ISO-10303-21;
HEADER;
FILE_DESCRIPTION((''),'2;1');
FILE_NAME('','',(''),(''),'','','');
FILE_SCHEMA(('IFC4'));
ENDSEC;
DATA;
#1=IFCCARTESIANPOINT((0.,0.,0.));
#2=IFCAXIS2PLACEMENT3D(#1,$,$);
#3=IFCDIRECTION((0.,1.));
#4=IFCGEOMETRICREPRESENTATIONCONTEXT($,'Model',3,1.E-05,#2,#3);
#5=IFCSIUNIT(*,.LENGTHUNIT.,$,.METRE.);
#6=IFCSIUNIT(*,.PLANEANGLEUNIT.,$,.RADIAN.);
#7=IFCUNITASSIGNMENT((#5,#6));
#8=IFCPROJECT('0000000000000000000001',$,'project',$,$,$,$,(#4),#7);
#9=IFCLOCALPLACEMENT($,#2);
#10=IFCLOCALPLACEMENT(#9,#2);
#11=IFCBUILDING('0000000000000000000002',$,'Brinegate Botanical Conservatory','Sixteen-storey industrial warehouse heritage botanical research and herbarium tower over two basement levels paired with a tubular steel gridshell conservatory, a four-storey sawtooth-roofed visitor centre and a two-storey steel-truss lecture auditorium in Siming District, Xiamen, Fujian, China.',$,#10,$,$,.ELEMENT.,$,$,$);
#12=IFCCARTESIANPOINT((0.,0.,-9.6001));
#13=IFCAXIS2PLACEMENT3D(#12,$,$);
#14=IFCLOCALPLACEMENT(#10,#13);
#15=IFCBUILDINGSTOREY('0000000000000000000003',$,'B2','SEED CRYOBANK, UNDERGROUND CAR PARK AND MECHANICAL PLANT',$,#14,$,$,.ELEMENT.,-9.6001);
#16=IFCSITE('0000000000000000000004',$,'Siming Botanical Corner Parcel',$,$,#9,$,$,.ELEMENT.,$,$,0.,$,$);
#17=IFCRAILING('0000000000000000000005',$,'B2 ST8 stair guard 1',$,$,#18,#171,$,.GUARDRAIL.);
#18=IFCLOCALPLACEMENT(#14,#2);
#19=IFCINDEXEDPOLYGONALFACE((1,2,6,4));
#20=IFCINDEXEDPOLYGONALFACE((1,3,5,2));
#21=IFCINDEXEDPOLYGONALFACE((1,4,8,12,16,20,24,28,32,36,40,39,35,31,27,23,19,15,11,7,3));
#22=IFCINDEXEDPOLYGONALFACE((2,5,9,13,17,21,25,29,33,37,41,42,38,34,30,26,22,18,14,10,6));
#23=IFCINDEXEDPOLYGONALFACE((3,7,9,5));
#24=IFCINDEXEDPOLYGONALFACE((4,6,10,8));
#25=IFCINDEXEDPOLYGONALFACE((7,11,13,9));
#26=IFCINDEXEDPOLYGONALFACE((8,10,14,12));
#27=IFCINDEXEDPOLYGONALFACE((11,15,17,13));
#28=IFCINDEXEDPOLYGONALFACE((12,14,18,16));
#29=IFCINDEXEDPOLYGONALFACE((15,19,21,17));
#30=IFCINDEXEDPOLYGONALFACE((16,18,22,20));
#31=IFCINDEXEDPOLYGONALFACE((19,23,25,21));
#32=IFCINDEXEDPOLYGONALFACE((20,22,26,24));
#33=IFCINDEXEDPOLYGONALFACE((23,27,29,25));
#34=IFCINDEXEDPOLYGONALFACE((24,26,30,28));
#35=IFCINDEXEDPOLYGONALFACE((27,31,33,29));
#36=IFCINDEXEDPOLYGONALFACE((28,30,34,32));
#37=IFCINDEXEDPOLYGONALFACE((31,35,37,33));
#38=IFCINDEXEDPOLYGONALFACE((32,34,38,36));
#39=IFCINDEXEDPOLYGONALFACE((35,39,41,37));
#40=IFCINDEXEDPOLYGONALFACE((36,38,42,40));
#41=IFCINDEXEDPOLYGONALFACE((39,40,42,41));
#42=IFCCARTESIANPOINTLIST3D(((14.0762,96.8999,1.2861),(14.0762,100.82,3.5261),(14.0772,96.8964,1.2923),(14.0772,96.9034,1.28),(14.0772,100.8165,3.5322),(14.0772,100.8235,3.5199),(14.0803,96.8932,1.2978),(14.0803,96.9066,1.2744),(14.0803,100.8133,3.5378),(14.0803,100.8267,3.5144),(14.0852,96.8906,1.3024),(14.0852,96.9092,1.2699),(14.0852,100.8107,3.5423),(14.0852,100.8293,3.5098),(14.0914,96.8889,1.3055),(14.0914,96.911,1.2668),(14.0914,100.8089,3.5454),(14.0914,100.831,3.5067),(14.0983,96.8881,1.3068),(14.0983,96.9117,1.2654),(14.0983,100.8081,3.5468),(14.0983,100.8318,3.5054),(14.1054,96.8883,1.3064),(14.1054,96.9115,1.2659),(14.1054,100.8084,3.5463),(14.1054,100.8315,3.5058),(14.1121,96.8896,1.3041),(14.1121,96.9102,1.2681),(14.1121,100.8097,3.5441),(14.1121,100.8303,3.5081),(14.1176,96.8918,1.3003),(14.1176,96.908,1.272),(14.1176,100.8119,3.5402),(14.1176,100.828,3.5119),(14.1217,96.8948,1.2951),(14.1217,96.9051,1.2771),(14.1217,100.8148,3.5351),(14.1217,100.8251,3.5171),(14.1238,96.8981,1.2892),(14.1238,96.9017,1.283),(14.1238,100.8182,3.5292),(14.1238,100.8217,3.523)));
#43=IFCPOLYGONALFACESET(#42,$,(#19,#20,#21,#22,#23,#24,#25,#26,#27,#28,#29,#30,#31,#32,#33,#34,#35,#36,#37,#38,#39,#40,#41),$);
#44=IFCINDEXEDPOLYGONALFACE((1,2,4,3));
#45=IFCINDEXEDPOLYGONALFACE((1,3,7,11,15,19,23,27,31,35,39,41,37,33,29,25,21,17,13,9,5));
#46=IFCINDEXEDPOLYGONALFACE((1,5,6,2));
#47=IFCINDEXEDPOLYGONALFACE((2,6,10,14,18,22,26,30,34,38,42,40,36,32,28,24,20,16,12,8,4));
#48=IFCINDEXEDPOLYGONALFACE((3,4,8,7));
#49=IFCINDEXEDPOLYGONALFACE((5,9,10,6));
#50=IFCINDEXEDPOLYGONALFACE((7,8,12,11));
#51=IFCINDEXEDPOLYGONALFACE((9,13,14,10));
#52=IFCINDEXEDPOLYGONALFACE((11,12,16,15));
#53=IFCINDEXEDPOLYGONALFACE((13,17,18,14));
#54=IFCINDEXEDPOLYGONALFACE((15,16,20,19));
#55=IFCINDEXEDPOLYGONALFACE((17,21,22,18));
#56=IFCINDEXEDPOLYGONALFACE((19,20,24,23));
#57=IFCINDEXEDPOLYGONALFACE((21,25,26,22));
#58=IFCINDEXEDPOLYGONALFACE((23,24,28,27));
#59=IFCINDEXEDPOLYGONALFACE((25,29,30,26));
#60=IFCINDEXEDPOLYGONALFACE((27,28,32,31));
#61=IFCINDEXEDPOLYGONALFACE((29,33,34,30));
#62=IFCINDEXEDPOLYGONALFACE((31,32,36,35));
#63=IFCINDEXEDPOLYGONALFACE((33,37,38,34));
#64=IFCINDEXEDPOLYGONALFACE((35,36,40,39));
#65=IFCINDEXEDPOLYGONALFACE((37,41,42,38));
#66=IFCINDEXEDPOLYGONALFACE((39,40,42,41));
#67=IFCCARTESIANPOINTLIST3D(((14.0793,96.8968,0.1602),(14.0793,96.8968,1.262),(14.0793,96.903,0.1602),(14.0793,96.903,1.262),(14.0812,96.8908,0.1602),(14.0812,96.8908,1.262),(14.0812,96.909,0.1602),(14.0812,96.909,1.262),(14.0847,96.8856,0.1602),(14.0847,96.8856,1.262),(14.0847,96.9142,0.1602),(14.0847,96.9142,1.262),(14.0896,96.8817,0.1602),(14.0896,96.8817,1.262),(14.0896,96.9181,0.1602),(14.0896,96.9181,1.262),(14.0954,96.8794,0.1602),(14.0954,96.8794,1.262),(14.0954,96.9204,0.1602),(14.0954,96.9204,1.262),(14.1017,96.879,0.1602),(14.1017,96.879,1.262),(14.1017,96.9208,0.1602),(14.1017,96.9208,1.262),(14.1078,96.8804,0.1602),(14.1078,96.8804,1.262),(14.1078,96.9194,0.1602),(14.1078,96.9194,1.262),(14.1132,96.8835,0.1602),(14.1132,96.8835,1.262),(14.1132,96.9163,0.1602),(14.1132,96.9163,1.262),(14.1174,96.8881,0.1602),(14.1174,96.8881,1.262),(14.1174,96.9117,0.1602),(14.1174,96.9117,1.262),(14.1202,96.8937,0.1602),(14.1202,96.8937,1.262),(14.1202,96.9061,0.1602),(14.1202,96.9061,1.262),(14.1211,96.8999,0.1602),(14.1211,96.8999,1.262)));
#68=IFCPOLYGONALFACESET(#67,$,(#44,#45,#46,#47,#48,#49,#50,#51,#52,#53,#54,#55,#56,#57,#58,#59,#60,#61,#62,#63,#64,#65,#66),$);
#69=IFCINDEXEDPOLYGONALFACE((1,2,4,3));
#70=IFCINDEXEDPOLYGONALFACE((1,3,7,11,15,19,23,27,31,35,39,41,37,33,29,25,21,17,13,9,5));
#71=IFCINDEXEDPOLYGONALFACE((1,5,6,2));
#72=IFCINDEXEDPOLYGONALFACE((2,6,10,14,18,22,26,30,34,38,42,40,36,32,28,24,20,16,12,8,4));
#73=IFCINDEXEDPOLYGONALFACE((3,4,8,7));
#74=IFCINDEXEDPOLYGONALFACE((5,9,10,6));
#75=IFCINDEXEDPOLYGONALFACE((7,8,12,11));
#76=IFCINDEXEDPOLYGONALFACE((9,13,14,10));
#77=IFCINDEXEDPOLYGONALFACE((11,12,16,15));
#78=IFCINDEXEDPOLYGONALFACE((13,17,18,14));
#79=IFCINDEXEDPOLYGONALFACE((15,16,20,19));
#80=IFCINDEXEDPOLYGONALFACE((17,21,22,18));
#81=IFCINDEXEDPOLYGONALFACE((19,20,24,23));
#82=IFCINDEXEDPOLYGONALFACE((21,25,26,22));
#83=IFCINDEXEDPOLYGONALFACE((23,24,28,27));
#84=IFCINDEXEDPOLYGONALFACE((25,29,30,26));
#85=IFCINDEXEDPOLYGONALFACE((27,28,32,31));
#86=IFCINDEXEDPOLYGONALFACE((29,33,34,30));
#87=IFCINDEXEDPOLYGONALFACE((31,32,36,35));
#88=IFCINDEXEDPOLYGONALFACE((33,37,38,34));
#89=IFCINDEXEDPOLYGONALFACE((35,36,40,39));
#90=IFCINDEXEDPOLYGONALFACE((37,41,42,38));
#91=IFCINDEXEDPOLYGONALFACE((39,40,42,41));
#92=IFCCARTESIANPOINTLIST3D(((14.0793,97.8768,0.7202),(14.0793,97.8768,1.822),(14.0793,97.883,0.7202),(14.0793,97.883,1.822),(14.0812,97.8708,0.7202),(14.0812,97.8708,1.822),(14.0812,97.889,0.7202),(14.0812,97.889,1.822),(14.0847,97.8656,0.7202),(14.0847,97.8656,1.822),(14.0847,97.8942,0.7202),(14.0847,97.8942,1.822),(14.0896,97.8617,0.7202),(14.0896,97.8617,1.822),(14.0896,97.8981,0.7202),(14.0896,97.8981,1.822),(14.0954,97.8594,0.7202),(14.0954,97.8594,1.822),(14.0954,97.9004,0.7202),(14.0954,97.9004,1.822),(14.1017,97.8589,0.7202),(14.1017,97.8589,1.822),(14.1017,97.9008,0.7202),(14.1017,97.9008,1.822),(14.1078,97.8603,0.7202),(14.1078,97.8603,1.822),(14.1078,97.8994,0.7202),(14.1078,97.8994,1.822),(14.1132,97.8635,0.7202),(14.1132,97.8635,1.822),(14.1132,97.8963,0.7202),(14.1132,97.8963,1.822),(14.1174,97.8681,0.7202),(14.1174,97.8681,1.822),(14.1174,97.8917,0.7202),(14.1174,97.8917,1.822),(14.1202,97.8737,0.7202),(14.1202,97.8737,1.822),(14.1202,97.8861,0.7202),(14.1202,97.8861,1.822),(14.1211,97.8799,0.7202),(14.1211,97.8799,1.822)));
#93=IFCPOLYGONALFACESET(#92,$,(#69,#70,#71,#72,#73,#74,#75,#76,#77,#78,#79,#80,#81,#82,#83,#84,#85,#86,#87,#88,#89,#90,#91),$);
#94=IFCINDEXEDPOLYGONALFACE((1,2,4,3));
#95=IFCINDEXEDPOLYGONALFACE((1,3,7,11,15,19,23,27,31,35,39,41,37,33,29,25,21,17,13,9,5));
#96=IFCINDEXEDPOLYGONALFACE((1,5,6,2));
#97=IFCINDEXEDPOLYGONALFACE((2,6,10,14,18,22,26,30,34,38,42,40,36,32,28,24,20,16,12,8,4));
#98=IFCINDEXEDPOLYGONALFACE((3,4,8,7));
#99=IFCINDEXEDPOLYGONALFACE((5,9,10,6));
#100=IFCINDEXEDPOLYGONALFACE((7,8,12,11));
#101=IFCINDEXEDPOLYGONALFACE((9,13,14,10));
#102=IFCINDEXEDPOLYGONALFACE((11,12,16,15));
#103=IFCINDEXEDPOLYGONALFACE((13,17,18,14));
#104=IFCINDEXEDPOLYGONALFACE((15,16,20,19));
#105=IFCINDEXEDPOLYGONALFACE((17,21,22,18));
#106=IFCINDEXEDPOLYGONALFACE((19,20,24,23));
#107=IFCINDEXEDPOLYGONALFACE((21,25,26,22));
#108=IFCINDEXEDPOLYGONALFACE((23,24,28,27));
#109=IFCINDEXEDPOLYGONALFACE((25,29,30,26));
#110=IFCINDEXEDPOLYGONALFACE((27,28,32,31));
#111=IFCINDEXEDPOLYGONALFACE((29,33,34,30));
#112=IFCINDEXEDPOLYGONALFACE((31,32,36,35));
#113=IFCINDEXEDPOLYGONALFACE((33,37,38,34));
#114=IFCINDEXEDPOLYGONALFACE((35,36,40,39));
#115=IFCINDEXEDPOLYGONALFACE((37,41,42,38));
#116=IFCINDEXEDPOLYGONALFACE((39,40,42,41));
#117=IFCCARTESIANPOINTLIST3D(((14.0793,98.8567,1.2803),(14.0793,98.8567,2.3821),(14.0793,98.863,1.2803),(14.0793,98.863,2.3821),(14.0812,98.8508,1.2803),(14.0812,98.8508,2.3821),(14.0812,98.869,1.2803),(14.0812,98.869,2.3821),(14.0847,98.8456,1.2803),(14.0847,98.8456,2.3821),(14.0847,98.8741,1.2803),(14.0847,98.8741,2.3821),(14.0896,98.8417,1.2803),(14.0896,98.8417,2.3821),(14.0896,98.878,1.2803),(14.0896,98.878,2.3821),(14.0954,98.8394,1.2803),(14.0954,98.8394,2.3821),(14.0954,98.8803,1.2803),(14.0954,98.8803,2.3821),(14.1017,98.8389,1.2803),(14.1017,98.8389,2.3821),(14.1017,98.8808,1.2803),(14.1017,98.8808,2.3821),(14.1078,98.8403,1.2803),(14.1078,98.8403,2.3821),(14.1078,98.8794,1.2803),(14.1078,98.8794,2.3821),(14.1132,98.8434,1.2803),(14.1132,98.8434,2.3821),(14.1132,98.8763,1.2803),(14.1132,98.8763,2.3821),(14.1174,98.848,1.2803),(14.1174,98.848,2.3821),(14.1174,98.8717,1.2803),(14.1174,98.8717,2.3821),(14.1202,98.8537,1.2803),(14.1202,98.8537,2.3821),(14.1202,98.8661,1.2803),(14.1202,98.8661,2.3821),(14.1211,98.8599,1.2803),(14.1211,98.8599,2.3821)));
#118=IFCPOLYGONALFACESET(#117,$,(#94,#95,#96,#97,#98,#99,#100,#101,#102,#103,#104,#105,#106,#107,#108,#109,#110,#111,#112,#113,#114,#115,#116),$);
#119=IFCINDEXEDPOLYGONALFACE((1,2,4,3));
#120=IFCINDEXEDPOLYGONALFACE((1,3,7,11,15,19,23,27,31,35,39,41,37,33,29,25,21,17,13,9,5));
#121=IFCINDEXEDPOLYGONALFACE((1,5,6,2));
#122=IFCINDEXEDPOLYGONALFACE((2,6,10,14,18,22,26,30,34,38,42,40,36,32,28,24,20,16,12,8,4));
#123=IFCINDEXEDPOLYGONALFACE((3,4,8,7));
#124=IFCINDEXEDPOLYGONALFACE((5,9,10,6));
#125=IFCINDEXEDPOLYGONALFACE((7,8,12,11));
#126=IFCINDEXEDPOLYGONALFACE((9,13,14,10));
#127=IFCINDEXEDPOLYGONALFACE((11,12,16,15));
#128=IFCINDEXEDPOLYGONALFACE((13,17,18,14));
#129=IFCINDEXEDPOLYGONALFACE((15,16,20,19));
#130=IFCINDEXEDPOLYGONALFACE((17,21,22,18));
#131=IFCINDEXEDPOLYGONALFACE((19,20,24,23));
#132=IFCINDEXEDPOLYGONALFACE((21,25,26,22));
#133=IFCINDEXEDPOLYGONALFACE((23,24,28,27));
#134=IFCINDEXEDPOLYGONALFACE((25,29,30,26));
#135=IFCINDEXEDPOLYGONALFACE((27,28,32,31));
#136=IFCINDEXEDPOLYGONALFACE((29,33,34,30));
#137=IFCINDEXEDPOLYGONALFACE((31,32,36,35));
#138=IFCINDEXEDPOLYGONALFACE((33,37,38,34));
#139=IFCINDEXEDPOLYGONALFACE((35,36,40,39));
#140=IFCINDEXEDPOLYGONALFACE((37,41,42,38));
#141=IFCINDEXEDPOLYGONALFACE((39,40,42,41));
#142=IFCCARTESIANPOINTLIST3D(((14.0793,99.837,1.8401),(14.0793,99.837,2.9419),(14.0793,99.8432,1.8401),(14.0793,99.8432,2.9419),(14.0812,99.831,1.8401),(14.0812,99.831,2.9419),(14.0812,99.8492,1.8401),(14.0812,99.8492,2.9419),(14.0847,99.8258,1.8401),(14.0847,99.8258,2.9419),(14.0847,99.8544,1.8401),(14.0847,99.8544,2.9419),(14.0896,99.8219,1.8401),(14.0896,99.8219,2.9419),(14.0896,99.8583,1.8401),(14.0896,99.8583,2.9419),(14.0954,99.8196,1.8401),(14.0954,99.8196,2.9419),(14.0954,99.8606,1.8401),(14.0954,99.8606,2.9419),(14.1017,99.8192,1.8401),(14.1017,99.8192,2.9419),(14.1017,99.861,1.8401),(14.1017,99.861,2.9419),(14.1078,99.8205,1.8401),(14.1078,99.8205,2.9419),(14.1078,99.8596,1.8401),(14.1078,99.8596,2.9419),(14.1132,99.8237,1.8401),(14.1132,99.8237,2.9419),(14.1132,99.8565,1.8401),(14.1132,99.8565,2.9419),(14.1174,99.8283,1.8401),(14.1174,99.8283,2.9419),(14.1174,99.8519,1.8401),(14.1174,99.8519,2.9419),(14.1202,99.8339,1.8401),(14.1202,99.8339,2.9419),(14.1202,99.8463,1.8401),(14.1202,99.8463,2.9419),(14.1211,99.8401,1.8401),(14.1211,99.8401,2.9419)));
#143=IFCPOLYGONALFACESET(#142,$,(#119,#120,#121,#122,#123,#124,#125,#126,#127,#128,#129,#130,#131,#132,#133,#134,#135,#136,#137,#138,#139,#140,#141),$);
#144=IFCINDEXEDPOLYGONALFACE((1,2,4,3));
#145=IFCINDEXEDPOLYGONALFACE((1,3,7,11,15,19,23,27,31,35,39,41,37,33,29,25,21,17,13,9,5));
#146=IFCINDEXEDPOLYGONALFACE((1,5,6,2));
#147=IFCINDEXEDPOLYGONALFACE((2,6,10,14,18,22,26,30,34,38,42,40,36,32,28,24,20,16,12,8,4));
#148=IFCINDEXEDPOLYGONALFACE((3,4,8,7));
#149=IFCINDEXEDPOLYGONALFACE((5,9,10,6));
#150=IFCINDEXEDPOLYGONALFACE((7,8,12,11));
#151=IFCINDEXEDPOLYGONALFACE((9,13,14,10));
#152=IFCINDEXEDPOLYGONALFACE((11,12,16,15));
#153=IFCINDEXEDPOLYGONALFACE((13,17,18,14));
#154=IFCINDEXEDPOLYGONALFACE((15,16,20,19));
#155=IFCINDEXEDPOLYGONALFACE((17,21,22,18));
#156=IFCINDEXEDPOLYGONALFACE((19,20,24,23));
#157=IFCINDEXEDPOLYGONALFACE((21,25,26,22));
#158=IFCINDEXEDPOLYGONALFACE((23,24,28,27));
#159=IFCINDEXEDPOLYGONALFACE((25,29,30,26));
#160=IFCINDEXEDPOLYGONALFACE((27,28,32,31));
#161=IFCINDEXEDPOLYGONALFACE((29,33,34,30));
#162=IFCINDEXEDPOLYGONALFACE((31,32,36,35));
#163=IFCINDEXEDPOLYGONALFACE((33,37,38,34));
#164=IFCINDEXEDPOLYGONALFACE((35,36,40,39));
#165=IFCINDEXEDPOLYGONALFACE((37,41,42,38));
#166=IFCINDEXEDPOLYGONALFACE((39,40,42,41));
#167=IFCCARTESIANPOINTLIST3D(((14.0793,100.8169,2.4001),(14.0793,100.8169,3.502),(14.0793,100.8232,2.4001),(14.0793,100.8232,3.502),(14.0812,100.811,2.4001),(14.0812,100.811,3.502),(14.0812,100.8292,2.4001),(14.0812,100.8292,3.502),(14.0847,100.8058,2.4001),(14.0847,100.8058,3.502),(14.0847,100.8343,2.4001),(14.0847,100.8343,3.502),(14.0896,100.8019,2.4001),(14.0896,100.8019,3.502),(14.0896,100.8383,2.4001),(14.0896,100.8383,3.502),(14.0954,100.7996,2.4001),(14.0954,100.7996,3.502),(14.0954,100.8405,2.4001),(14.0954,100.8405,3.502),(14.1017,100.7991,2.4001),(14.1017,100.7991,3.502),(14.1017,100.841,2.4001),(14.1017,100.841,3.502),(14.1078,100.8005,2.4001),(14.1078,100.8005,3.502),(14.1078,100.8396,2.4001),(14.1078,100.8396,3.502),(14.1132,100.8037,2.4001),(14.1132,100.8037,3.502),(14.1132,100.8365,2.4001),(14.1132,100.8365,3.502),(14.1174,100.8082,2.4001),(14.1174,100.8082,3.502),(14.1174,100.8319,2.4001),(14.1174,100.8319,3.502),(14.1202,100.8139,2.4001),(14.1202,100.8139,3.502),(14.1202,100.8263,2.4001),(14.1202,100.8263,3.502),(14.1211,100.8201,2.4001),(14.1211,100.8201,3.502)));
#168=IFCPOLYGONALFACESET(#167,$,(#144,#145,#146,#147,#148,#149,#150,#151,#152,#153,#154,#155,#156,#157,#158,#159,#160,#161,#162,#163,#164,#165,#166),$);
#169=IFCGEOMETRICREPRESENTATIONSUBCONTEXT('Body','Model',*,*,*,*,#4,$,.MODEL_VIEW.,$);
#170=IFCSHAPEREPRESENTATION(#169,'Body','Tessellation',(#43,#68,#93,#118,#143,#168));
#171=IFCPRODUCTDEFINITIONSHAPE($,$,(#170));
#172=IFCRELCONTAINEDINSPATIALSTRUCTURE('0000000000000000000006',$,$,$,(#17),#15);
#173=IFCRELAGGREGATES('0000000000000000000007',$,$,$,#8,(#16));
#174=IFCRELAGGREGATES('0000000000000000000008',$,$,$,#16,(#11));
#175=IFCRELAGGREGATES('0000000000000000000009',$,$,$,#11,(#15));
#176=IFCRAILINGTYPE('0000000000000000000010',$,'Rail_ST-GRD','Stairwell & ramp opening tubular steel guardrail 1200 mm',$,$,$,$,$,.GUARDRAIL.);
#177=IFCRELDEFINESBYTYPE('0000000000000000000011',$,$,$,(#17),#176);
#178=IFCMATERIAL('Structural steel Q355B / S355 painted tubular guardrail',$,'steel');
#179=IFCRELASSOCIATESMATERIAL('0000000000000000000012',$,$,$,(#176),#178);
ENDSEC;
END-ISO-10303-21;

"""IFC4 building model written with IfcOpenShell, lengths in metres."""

from ifc_helpers import new_model, si_unit, direction, frame, origin, origin_2d, place, context, subcontext, project, spatial, circle, extrude, material, type_object, element, save


model = new_model("IFC4")

# Units and contexts
model_context = context("Model", 3, precision=1e-05, world=origin(), true_north=direction((0.0, 1.0)))
body_context = subcontext(model_context, "Body", "Model", "MODEL_VIEW")
ifc_project = project(units=[si_unit("LENGTHUNIT", "METRE"), si_unit("PLANEANGLEUNIT", "RADIAN")], contexts=[model_context])

# Site, building, storey
site_placement = place(None, origin())
site = spatial("IfcSite", under=ifc_project, at=site_placement, Name="Siming Botanical Corner Parcel", CompositionType="ELEMENT", RefElevation=0.0)
building_placement = place(site_placement, origin())
building = spatial("IfcBuilding", under=site, at=building_placement, Name="Brinegate Botanical Conservatory", Description="Sixteen-storey industrial warehouse heritage botanical research and herbarium tower over two basement levels paired with a tubular steel gridshell conservatory, a four-storey sawtooth-roofed visitor centre and a two-storey steel-truss lecture auditorium in Siming District, Xiamen, Fujian, China.", CompositionType="ELEMENT")
storey_placement = place(building_placement, frame((0.0, 0.0, -9.6001)))
storey = spatial("IfcBuildingStorey", under=building, at=storey_placement, Name="B2", Description="SEED CRYOBANK, UNDERGROUND CAR PARK AND MECHANICAL PLANT", CompositionType="ELEMENT", Elevation=-9.6001)

# Railing
ifc_material_1 = material(Name="Structural steel Q355B / S355 painted tubular guardrail", Category="steel")
railing_type_1 = type_object("IfcRailingType", Name="Rail_ST-GRD", Description="Stairwell & ramp opening tubular steel guardrail 1200 mm", PredefinedType="GUARDRAIL", material=ifc_material_1)
railing_1_placement = place(storey_placement, frame((14.1001, 96.8999, 0.1602)))
element("IfcRailing", 1, at=railing_1_placement, inside=storey, type_object=railing_type_1, Name="B2 ST8 stair guard 1", PredefinedType="GUARDRAIL", context=body_context, shape_type="SweptSolid", body=[
    extrude(circle(Radius=0.0239, at=origin_2d()), frame((0.0, 0.0, 1.126), z_axis=(0.0, 0.868253, 0.496121), x_axis=(-1.0, 0.0, 0.0)), (0.0, 0.0, 1.0), 4.5149),
    extrude(circle(Radius=0.021, at=origin_2d()), origin(), (0.0, 0.0, 1.0), 1.1018),
    extrude(circle(Radius=0.021, at=origin_2d()), frame((0.0, 0.98, 0.5601)), (0.0, 0.0, 1.0), 1.1018),
    extrude(circle(Radius=0.021, at=origin_2d()), frame((0.0, 1.96, 1.1201)), (0.0, 0.0, 1.0), 1.1018),
    extrude(circle(Radius=0.021, at=origin_2d()), frame((0.0, 2.9402, 1.6799)), (0.0, 0.0, 1.0), 1.1018),
    extrude(circle(Radius=0.021, at=origin_2d()), frame((0.0, 3.9202, 2.24)), (0.0, 0.0, 1.0), 1.1018),
])

save(model, "model.ifc")
